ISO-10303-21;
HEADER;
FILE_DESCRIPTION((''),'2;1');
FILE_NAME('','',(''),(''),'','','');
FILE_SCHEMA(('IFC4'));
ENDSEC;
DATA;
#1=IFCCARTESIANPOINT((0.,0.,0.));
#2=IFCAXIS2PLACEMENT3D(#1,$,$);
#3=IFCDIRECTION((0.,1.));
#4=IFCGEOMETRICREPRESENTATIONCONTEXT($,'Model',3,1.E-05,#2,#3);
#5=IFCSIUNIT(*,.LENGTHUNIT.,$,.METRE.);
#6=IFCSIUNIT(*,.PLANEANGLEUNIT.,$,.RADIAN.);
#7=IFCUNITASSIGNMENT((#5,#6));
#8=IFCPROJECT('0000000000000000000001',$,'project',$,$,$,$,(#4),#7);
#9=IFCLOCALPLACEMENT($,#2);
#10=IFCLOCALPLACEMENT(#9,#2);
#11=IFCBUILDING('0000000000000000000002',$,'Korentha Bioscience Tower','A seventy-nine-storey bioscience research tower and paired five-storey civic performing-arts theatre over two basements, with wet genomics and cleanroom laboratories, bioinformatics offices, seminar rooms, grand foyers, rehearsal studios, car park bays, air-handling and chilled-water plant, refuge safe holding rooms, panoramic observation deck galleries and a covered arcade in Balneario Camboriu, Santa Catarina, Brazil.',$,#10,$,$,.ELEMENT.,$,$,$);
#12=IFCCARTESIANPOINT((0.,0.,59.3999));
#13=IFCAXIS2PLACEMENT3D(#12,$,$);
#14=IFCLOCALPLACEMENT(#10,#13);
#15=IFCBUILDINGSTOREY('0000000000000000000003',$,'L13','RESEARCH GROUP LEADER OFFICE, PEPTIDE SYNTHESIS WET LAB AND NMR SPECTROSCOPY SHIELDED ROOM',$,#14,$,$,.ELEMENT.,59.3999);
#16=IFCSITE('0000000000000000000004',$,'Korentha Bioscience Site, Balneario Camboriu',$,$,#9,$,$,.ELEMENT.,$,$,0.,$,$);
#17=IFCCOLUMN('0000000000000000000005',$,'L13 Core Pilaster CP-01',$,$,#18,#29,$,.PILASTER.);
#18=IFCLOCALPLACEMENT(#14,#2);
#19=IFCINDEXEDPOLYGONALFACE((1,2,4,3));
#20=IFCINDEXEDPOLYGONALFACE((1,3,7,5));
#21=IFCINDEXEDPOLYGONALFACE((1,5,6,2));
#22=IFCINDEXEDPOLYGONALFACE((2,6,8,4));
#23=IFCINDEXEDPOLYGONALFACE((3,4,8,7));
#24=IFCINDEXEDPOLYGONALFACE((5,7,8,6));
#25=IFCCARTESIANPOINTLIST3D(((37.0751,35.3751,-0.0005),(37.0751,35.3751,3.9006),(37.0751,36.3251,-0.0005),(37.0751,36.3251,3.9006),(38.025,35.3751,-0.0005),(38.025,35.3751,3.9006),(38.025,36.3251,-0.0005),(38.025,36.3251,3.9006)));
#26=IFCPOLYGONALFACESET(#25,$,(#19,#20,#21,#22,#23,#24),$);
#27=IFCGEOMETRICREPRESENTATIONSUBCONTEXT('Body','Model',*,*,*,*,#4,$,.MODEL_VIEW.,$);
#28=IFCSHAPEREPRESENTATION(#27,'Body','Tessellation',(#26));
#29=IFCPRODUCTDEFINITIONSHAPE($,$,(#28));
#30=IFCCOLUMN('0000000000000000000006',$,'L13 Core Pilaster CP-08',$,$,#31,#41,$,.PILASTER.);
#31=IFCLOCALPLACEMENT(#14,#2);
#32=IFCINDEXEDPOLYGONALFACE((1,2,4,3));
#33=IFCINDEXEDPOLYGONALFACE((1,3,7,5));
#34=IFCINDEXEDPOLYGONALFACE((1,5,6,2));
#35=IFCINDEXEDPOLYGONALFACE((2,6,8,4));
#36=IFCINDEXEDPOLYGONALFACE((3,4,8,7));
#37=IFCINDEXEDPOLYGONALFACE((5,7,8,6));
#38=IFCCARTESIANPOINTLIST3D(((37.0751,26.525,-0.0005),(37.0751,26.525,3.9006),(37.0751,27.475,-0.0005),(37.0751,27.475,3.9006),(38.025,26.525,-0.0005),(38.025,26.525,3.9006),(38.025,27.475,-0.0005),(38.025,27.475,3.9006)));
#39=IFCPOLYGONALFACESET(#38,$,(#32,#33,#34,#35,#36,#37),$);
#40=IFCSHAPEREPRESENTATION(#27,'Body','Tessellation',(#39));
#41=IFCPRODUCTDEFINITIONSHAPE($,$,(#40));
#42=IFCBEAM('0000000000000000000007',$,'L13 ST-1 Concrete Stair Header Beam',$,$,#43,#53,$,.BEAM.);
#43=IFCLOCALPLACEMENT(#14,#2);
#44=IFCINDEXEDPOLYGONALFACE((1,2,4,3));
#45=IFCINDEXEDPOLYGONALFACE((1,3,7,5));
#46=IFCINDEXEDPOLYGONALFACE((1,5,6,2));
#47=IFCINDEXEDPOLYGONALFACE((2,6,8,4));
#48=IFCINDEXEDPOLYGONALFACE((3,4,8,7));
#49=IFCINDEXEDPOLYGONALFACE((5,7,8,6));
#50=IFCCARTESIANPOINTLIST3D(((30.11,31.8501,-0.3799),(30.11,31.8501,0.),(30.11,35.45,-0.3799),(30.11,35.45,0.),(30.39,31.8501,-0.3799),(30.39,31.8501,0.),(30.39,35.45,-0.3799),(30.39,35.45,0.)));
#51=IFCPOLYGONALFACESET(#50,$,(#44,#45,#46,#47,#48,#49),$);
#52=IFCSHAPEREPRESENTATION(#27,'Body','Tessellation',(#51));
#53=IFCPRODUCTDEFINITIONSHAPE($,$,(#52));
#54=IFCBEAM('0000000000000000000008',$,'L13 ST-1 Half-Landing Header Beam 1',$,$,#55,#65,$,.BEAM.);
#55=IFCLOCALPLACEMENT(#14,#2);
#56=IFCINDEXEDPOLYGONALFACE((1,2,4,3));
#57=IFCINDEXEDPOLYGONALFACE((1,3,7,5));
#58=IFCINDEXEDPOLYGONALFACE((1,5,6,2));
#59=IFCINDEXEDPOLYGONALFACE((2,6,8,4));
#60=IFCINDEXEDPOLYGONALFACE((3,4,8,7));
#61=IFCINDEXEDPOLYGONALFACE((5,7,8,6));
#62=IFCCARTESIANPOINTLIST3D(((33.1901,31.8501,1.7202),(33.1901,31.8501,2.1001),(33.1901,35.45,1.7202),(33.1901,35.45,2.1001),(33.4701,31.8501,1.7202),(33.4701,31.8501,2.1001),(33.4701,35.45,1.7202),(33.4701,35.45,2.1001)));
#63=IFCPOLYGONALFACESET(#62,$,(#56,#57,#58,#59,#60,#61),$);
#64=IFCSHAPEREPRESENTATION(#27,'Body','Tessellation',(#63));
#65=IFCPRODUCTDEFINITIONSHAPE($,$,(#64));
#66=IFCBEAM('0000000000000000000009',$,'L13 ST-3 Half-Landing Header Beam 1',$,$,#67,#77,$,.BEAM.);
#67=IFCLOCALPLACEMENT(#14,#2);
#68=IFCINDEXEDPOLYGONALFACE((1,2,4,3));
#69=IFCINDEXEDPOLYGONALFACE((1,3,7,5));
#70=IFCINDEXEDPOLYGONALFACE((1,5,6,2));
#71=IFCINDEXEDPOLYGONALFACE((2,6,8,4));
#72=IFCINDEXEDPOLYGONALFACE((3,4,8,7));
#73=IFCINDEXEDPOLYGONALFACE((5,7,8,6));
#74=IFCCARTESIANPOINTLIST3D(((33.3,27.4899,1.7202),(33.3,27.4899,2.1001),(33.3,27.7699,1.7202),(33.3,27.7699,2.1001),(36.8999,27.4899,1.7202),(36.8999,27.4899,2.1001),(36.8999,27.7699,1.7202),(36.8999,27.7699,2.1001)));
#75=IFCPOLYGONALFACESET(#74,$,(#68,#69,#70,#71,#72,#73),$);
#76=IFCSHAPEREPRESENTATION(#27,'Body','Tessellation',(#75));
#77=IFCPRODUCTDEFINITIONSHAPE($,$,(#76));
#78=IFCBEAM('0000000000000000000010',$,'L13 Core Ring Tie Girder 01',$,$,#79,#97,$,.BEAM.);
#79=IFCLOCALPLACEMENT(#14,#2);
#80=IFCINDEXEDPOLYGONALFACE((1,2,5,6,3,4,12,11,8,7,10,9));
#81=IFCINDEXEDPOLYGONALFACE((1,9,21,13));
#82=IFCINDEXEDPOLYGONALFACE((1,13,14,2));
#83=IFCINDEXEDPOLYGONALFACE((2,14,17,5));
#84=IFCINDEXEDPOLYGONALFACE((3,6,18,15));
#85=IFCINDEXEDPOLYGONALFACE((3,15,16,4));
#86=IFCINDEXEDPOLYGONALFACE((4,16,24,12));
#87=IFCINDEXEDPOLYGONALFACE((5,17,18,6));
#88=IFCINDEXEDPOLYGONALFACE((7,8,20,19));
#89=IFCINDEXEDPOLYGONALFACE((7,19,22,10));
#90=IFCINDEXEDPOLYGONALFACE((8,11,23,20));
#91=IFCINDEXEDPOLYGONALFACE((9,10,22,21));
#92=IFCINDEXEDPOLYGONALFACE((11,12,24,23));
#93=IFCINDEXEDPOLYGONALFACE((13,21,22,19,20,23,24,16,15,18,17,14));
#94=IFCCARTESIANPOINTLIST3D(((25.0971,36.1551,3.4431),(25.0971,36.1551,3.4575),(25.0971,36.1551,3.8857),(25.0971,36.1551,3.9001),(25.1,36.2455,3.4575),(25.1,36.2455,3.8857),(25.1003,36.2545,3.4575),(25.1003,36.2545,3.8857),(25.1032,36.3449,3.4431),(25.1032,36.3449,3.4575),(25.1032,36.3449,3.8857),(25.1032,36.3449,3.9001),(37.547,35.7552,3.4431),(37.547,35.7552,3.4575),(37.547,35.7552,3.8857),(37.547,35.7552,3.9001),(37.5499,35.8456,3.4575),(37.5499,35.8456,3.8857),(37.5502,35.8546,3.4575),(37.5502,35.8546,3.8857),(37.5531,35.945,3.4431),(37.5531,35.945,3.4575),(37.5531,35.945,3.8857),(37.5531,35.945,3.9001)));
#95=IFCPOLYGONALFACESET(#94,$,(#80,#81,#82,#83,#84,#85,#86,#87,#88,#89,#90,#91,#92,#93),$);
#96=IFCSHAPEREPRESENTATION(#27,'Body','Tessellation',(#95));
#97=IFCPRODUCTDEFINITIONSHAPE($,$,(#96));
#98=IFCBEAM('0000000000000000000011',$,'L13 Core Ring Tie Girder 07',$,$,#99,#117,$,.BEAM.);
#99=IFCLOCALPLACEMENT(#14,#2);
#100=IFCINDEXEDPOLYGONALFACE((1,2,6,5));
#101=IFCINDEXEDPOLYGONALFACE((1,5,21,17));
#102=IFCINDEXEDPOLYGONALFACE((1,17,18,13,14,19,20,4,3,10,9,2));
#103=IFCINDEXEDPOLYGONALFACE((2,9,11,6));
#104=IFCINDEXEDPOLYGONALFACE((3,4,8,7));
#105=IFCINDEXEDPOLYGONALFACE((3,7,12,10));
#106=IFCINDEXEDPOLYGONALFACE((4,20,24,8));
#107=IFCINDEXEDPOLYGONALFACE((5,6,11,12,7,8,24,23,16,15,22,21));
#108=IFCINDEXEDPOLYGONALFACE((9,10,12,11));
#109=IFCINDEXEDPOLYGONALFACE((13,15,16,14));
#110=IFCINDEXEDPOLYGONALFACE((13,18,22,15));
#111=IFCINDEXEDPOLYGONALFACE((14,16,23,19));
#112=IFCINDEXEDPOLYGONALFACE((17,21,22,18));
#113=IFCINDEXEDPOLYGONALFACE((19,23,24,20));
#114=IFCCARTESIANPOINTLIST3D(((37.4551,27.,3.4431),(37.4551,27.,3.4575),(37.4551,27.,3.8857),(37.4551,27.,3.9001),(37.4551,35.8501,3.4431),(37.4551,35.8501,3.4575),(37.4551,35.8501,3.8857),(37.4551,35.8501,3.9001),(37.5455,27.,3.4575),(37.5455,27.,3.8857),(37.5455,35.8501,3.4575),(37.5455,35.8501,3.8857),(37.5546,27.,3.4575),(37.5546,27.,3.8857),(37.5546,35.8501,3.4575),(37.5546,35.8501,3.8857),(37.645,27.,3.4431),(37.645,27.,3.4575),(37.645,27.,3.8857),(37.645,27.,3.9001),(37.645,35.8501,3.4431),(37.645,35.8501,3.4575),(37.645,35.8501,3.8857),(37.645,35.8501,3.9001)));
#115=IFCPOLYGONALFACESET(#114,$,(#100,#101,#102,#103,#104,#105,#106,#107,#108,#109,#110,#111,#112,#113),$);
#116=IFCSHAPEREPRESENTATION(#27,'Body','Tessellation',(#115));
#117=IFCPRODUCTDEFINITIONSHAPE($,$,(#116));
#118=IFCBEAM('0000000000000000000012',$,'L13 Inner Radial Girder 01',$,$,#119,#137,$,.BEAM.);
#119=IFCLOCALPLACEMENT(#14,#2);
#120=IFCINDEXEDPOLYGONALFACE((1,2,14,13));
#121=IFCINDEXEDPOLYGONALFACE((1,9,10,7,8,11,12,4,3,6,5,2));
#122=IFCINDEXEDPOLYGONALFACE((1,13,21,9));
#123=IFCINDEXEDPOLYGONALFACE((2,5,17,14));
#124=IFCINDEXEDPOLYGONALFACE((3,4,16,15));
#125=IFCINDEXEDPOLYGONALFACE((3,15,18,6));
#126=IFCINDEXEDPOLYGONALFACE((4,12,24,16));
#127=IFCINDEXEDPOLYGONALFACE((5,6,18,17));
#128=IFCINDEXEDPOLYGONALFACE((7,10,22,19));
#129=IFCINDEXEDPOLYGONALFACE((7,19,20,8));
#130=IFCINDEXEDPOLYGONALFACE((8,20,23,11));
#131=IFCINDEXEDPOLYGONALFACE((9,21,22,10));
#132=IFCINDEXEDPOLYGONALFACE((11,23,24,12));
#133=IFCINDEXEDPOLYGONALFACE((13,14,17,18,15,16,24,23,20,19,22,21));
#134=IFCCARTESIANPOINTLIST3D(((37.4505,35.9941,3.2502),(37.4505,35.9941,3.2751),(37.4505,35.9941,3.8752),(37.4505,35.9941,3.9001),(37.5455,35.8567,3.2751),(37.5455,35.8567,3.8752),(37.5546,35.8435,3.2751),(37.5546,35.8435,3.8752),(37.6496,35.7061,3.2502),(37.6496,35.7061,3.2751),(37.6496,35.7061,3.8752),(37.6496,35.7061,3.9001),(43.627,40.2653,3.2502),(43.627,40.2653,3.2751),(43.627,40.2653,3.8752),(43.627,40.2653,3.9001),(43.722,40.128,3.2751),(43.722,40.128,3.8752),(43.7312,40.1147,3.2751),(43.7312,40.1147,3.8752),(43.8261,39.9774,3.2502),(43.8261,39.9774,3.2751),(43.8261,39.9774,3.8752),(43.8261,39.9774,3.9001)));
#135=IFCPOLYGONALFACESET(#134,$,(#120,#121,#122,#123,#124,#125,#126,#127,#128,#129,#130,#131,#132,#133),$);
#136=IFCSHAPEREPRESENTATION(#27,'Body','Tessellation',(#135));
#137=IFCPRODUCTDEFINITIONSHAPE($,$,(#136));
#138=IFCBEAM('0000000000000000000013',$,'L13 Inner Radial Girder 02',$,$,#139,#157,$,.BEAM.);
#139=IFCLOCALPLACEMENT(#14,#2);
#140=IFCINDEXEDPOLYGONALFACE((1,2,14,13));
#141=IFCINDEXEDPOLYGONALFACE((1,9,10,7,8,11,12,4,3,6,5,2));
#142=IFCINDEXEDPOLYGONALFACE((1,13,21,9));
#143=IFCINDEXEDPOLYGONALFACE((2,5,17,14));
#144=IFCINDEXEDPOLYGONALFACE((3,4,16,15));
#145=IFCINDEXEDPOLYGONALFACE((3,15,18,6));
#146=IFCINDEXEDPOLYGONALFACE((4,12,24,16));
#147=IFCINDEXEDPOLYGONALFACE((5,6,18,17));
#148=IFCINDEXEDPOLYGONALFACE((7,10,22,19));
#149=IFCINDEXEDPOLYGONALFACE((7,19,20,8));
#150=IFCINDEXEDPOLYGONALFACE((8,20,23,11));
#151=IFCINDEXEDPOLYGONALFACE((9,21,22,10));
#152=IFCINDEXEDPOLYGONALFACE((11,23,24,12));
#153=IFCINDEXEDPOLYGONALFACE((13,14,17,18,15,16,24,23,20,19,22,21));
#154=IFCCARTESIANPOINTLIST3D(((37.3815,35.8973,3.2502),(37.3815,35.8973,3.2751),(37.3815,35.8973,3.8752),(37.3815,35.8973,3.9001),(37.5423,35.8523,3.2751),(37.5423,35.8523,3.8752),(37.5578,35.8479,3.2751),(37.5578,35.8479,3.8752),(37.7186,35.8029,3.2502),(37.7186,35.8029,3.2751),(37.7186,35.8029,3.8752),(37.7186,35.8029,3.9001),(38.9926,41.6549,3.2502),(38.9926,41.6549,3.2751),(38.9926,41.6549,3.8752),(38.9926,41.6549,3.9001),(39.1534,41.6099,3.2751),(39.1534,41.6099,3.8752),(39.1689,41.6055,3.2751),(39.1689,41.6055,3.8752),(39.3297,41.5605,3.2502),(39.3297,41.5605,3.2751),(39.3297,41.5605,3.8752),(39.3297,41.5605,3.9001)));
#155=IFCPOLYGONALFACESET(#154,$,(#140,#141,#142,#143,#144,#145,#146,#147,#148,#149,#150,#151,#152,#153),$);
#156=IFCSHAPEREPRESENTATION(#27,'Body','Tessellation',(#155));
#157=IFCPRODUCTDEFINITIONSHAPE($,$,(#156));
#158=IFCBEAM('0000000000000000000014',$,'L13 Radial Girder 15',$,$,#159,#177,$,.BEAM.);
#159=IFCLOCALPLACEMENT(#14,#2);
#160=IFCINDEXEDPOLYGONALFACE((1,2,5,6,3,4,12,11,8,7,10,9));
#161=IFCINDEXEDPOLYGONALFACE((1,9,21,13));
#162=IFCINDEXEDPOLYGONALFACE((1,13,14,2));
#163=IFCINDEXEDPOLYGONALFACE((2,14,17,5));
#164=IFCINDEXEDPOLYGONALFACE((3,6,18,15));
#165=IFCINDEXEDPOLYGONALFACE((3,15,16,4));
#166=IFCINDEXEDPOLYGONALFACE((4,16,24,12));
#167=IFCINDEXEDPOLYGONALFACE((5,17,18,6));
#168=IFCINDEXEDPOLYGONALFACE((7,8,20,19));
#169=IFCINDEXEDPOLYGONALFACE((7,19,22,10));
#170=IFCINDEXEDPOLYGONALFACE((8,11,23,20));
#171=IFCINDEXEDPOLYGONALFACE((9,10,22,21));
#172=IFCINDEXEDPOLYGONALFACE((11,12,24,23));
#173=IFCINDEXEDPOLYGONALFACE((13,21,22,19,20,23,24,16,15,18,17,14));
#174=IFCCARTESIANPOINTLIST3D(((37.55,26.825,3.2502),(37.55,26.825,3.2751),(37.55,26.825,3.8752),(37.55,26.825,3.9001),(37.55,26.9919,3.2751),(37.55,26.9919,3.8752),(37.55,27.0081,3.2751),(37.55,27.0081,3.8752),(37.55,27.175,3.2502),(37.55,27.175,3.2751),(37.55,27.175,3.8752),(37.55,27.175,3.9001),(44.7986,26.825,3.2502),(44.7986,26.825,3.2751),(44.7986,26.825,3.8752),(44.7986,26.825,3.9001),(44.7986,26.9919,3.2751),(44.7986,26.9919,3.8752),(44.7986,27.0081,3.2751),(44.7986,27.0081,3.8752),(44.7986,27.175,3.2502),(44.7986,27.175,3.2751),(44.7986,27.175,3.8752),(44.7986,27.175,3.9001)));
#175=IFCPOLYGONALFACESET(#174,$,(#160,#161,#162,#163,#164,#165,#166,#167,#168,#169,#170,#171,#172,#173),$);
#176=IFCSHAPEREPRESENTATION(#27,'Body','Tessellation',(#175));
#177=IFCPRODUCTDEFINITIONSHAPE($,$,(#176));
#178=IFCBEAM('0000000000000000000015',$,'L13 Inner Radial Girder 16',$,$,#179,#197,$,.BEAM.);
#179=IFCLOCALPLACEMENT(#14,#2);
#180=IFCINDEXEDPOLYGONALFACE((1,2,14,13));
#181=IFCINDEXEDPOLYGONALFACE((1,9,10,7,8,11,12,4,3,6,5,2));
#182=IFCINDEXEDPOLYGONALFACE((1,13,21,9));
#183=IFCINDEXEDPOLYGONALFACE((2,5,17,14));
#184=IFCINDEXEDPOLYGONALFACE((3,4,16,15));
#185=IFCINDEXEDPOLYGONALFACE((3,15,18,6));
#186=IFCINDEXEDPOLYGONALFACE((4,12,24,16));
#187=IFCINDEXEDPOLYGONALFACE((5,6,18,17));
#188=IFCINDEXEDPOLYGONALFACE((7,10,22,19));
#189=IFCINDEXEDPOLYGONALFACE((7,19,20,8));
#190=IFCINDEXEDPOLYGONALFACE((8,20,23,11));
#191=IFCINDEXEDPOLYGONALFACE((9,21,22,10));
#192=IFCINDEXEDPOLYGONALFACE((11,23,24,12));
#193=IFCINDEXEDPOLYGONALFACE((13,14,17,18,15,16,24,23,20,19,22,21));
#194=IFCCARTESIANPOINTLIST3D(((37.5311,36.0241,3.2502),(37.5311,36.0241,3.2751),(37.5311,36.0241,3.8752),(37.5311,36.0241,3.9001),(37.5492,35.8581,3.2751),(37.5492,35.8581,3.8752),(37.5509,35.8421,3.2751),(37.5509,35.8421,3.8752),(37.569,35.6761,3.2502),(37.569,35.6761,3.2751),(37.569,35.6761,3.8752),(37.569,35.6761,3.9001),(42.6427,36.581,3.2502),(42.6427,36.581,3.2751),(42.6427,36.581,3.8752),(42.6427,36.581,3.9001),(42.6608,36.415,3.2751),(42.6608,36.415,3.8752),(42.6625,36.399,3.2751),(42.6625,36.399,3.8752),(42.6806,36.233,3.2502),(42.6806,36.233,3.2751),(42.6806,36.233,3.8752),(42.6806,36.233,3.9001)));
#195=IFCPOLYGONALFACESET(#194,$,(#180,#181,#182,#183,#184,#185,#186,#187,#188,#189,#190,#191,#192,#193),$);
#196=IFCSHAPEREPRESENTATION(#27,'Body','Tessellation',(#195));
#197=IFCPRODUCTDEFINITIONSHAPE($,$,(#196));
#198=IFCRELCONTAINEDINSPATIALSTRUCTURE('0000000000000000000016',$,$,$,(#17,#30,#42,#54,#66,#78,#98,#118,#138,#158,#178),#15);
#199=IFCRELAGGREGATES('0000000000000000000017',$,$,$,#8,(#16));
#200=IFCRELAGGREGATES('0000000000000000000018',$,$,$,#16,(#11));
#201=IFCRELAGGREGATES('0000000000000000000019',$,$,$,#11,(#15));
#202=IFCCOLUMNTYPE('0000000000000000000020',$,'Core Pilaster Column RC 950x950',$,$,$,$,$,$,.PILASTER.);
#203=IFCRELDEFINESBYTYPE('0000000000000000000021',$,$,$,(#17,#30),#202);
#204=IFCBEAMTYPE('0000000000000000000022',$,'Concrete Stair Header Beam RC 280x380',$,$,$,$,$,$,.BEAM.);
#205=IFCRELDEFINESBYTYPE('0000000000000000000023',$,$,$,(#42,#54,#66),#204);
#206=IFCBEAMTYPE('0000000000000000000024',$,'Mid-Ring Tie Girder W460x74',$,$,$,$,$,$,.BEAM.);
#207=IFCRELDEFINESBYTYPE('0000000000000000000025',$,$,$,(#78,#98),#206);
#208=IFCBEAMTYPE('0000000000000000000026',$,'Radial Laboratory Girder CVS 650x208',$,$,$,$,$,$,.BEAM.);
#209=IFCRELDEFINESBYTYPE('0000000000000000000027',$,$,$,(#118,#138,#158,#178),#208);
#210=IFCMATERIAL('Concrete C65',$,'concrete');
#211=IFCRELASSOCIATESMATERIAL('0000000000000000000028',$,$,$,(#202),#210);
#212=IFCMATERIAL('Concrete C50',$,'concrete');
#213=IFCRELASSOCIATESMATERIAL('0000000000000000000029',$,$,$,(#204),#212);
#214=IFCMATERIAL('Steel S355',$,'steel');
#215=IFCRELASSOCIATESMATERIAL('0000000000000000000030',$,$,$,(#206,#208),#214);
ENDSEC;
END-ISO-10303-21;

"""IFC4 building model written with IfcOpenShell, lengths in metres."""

from ifc_helpers import new_model, si_unit, direction, frame, origin, origin_2d, place, context, subcontext, project, spatial, rectangle, i_section, extrude, material, material_profile, profile_set, type_object, element, save


model = new_model("IFC4")

# Units and contexts
model_context = context("Model", 3, precision=1e-05, world=origin(), true_north=direction((0.0, 1.0)))
body_context = subcontext(model_context, "Body", "Model", "MODEL_VIEW")
ifc_project = project(units=[si_unit("LENGTHUNIT", "METRE"), si_unit("PLANEANGLEUNIT", "RADIAN")], contexts=[model_context])

# Site, building, storey
site_placement = place(None, origin())
site = spatial("IfcSite", under=ifc_project, at=site_placement, Name="Korentha Bioscience Site, Balneario Camboriu", CompositionType="ELEMENT", RefElevation=0.0)
building_placement = place(site_placement, origin())
building = spatial("IfcBuilding", under=site, at=building_placement, Name="Korentha Bioscience Tower", Description="A seventy-nine-storey bioscience research tower and paired five-storey civic performing-arts theatre over two basements, with wet genomics and cleanroom laboratories, bioinformatics offices, seminar rooms, grand foyers, rehearsal studios, car park bays, air-handling and chilled-water plant, refuge safe holding rooms, panoramic observation deck galleries and a covered arcade in Balneario Camboriu, Santa Catarina, Brazil.", CompositionType="ELEMENT")
storey_placement = place(building_placement, frame((0.0, 0.0, 59.3999)))
storey = spatial("IfcBuildingStorey", under=building, at=storey_placement, Name="L13", Description="RESEARCH GROUP LEADER OFFICE, PEPTIDE SYNTHESIS WET LAB AND NMR SPECTROSCOPY SHIELDED ROOM", CompositionType="ELEMENT", Elevation=59.3999)

# Columns
ifc_material_1 = material(Name="Concrete C65", Category="concrete")
ifc_material_profile_1 = material_profile(ifc_material_1, rectangle(XDim=0.95, YDim=0.95, at=origin_2d()), Name="Concrete C65")
ifc_profile_set_1 = profile_set([ifc_material_profile_1], Name="Concrete C65 (COL-CP09)")
column_type = type_object("IfcColumnType", Name="Core Pilaster Column RC 950x950", PredefinedType="PILASTER", material=ifc_profile_set_1)
for number, where, z_axis, x_axis, name in (
    (1, (37.55, 35.8501, -0.0005), (0.0, 0.0, 1.0), (1.0, 0.0, 0.0), "L13 Core Pilaster CP-01"),
    (2, (37.55, 27.0, -0.0005), (0.0, 0.0, 1.0), (1.0, 0.0, 0.0), "L13 Core Pilaster CP-08"),
):
    element("IfcColumn", number, at=place(storey_placement, frame(where, z_axis=z_axis, x_axis=x_axis)), inside=storey, type_object=column_type, Name=name, PredefinedType="PILASTER", context=body_context, shape_type="SweptSolid", body=[
        extrude(rectangle(XDim=0.95, YDim=0.95, at=origin_2d()), origin(), (0.0, 0.0, 1.0), 3.9011),
    ])

# Beams
ifc_material_2 = material(Name="Concrete C50", Category="concrete")
ifc_material_profile_2 = material_profile(ifc_material_2, rectangle(XDim=0.28, YDim=0.3799, at=origin_2d()), Name="Concrete C50")
ifc_profile_set_2 = profile_set([ifc_material_profile_2], Name="Concrete C50 (ST-HB380)")
beam_type_1 = type_object("IfcBeamType", Name="Concrete Stair Header Beam RC 280x380", PredefinedType="BEAM", material=ifc_profile_set_2)
for number, where, z_axis, x_axis, name in (
    (3, (30.25, 31.8501, -0.1899), (0.0, 1.0, 0.0), (-1.0, 0.0, 0.0), "L13 ST-1 Concrete Stair Header Beam"),
    (4, (33.3301, 31.8501, 1.9102), (0.0, 1.0, 0.0), (-1.0, 0.0, 0.0), "L13 ST-1 Half-Landing Header Beam 1"),
    (5, (36.8999, 27.6299, 1.9102), (-1.0, 0.0, 0.0), (0.0, -1.0, 0.0), "L13 ST-3 Half-Landing Header Beam 1"),
):
    element("IfcBeam", number, at=place(storey_placement, frame(where, z_axis=z_axis, x_axis=x_axis)), inside=storey, type_object=beam_type_1, Name=name, PredefinedType="BEAM", context=body_context, shape_type="SweptSolid", body=[
        extrude(rectangle(XDim=0.28, YDim=0.3799, at=origin_2d()), origin(), (0.0, 0.0, 1.0), 3.5999),
    ])
ifc_material_3 = material(Name="Steel S355", Category="steel")
ifc_material_profile_3 = material_profile(ifc_material_3, i_section(OverallWidth=0.1899, OverallDepth=0.457, WebThickness=0.009, FlangeThickness=0.0144, at=origin_2d()), Name="Steel S355")
ifc_profile_set_3 = profile_set([ifc_material_profile_3], Name="Steel S355 (MB-460)")
beam_type_2 = type_object("IfcBeamType", Name="Mid-Ring Tie Girder W460x74", PredefinedType="BEAM", material=ifc_profile_set_3)
beam_1_placement = place(storey_placement, frame((37.55, 35.8501, 3.6716), z_axis=(-0.999485, 0.032104, 0.0), x_axis=(-0.032104, -0.999485, 0.0)))
element("IfcBeam", 6, at=beam_1_placement, inside=storey, type_object=beam_type_2, Name="L13 Core Ring Tie Girder 01", PredefinedType="BEAM", context=body_context, shape_type="SweptSolid", body=[
    extrude(i_section(OverallWidth=0.1899, OverallDepth=0.457, WebThickness=0.009, FlangeThickness=0.0144, at=origin_2d()), origin(), (0.0, 0.0, 1.0), 12.4563),
])
beam_2_placement = place(storey_placement, frame((37.55, 27.0, 3.6716), z_axis=(0.0, 1.0, 0.0), x_axis=(-1.0, 0.0, 0.0)))
element("IfcBeam", 7, at=beam_2_placement, inside=storey, type_object=beam_type_2, Name="L13 Core Ring Tie Girder 07", PredefinedType="BEAM", context=body_context, shape_type="SweptSolid", body=[
    extrude(i_section(OverallWidth=0.1899, OverallDepth=0.457, WebThickness=0.009, FlangeThickness=0.0144, at=origin_2d()), origin(), (0.0, 0.0, 1.0), 8.8501),
])
ifc_material_profile_4 = material_profile(ifc_material_3, i_section(OverallWidth=0.3501, OverallDepth=0.6499, WebThickness=0.0161, FlangeThickness=0.0249, at=origin_2d()), Name="Steel S355")
ifc_profile_set_4 = profile_set([ifc_material_profile_4], Name="Steel S355 (RB-650)")
beam_type_3 = type_object("IfcBeamType", Name="Radial Laboratory Girder CVS 650x208", PredefinedType="BEAM", material=ifc_profile_set_4)
beam_3_placement = place(storey_placement, frame((37.55, 35.8501, 3.5752), z_axis=(0.822492, 0.568777, 0.0), x_axis=(-0.568777, 0.822492, 0.0)))
element("IfcBeam", 8, at=beam_3_placement, inside=storey, type_object=beam_type_3, Name="L13 Inner Radial Girder 01", PredefinedType="BEAM", context=body_context, shape_type="SweptSolid", body=[
    extrude(i_section(OverallWidth=0.3501, OverallDepth=0.6499, WebThickness=0.0161, FlangeThickness=0.0249, at=origin_2d()), origin(), (0.0, 0.0, 1.0), 7.5095),
])
beam_4_placement = place(storey_placement, frame((37.55, 35.8501, 3.5752), z_axis=(0.269469, 0.963009, 0.0), x_axis=(-0.963009, 0.269469, 0.0)))
element("IfcBeam", 9, at=beam_4_placement, inside=storey, type_object=beam_type_3, Name="L13 Inner Radial Girder 02", PredefinedType="BEAM", context=body_context, shape_type="SweptSolid", body=[
    extrude(i_section(OverallWidth=0.3501, OverallDepth=0.6499, WebThickness=0.0161, FlangeThickness=0.0249, at=origin_2d()), origin(), (0.0, 0.0, 1.0), 5.9788),
])
beam_5_placement = place(storey_placement, frame((37.55, 27.0, 3.5752), z_axis=(1.0, 0.0, 0.0), x_axis=(0.0, 1.0, 0.0)))
element("IfcBeam", 10, at=beam_5_placement, inside=storey, type_object=beam_type_3, Name="L13 Radial Girder 15", PredefinedType="BEAM", context=body_context, shape_type="SweptSolid", body=[
    extrude(i_section(OverallWidth=0.3501, OverallDepth=0.6499, WebThickness=0.0161, FlangeThickness=0.0249, at=origin_2d()), origin(), (0.0, 0.0, 1.0), 7.2485),
])
beam_6_placement = place(storey_placement, frame((37.55, 35.8501, 3.5752), z_axis=(0.994118, 0.108305, 0.0), x_axis=(-0.108305, 0.994118, 0.0)))
element("IfcBeam", 11, at=beam_6_placement, inside=storey, type_object=beam_type_3, Name="L13 Inner Radial Girder 16", PredefinedType="BEAM", context=body_context, shape_type="SweptSolid", body=[
    extrude(i_section(OverallWidth=0.3501, OverallDepth=0.6499, WebThickness=0.0161, FlangeThickness=0.0249, at=origin_2d()), origin(), (0.0, 0.0, 1.0), 5.1418),
])

save(model, "model.ifc")
